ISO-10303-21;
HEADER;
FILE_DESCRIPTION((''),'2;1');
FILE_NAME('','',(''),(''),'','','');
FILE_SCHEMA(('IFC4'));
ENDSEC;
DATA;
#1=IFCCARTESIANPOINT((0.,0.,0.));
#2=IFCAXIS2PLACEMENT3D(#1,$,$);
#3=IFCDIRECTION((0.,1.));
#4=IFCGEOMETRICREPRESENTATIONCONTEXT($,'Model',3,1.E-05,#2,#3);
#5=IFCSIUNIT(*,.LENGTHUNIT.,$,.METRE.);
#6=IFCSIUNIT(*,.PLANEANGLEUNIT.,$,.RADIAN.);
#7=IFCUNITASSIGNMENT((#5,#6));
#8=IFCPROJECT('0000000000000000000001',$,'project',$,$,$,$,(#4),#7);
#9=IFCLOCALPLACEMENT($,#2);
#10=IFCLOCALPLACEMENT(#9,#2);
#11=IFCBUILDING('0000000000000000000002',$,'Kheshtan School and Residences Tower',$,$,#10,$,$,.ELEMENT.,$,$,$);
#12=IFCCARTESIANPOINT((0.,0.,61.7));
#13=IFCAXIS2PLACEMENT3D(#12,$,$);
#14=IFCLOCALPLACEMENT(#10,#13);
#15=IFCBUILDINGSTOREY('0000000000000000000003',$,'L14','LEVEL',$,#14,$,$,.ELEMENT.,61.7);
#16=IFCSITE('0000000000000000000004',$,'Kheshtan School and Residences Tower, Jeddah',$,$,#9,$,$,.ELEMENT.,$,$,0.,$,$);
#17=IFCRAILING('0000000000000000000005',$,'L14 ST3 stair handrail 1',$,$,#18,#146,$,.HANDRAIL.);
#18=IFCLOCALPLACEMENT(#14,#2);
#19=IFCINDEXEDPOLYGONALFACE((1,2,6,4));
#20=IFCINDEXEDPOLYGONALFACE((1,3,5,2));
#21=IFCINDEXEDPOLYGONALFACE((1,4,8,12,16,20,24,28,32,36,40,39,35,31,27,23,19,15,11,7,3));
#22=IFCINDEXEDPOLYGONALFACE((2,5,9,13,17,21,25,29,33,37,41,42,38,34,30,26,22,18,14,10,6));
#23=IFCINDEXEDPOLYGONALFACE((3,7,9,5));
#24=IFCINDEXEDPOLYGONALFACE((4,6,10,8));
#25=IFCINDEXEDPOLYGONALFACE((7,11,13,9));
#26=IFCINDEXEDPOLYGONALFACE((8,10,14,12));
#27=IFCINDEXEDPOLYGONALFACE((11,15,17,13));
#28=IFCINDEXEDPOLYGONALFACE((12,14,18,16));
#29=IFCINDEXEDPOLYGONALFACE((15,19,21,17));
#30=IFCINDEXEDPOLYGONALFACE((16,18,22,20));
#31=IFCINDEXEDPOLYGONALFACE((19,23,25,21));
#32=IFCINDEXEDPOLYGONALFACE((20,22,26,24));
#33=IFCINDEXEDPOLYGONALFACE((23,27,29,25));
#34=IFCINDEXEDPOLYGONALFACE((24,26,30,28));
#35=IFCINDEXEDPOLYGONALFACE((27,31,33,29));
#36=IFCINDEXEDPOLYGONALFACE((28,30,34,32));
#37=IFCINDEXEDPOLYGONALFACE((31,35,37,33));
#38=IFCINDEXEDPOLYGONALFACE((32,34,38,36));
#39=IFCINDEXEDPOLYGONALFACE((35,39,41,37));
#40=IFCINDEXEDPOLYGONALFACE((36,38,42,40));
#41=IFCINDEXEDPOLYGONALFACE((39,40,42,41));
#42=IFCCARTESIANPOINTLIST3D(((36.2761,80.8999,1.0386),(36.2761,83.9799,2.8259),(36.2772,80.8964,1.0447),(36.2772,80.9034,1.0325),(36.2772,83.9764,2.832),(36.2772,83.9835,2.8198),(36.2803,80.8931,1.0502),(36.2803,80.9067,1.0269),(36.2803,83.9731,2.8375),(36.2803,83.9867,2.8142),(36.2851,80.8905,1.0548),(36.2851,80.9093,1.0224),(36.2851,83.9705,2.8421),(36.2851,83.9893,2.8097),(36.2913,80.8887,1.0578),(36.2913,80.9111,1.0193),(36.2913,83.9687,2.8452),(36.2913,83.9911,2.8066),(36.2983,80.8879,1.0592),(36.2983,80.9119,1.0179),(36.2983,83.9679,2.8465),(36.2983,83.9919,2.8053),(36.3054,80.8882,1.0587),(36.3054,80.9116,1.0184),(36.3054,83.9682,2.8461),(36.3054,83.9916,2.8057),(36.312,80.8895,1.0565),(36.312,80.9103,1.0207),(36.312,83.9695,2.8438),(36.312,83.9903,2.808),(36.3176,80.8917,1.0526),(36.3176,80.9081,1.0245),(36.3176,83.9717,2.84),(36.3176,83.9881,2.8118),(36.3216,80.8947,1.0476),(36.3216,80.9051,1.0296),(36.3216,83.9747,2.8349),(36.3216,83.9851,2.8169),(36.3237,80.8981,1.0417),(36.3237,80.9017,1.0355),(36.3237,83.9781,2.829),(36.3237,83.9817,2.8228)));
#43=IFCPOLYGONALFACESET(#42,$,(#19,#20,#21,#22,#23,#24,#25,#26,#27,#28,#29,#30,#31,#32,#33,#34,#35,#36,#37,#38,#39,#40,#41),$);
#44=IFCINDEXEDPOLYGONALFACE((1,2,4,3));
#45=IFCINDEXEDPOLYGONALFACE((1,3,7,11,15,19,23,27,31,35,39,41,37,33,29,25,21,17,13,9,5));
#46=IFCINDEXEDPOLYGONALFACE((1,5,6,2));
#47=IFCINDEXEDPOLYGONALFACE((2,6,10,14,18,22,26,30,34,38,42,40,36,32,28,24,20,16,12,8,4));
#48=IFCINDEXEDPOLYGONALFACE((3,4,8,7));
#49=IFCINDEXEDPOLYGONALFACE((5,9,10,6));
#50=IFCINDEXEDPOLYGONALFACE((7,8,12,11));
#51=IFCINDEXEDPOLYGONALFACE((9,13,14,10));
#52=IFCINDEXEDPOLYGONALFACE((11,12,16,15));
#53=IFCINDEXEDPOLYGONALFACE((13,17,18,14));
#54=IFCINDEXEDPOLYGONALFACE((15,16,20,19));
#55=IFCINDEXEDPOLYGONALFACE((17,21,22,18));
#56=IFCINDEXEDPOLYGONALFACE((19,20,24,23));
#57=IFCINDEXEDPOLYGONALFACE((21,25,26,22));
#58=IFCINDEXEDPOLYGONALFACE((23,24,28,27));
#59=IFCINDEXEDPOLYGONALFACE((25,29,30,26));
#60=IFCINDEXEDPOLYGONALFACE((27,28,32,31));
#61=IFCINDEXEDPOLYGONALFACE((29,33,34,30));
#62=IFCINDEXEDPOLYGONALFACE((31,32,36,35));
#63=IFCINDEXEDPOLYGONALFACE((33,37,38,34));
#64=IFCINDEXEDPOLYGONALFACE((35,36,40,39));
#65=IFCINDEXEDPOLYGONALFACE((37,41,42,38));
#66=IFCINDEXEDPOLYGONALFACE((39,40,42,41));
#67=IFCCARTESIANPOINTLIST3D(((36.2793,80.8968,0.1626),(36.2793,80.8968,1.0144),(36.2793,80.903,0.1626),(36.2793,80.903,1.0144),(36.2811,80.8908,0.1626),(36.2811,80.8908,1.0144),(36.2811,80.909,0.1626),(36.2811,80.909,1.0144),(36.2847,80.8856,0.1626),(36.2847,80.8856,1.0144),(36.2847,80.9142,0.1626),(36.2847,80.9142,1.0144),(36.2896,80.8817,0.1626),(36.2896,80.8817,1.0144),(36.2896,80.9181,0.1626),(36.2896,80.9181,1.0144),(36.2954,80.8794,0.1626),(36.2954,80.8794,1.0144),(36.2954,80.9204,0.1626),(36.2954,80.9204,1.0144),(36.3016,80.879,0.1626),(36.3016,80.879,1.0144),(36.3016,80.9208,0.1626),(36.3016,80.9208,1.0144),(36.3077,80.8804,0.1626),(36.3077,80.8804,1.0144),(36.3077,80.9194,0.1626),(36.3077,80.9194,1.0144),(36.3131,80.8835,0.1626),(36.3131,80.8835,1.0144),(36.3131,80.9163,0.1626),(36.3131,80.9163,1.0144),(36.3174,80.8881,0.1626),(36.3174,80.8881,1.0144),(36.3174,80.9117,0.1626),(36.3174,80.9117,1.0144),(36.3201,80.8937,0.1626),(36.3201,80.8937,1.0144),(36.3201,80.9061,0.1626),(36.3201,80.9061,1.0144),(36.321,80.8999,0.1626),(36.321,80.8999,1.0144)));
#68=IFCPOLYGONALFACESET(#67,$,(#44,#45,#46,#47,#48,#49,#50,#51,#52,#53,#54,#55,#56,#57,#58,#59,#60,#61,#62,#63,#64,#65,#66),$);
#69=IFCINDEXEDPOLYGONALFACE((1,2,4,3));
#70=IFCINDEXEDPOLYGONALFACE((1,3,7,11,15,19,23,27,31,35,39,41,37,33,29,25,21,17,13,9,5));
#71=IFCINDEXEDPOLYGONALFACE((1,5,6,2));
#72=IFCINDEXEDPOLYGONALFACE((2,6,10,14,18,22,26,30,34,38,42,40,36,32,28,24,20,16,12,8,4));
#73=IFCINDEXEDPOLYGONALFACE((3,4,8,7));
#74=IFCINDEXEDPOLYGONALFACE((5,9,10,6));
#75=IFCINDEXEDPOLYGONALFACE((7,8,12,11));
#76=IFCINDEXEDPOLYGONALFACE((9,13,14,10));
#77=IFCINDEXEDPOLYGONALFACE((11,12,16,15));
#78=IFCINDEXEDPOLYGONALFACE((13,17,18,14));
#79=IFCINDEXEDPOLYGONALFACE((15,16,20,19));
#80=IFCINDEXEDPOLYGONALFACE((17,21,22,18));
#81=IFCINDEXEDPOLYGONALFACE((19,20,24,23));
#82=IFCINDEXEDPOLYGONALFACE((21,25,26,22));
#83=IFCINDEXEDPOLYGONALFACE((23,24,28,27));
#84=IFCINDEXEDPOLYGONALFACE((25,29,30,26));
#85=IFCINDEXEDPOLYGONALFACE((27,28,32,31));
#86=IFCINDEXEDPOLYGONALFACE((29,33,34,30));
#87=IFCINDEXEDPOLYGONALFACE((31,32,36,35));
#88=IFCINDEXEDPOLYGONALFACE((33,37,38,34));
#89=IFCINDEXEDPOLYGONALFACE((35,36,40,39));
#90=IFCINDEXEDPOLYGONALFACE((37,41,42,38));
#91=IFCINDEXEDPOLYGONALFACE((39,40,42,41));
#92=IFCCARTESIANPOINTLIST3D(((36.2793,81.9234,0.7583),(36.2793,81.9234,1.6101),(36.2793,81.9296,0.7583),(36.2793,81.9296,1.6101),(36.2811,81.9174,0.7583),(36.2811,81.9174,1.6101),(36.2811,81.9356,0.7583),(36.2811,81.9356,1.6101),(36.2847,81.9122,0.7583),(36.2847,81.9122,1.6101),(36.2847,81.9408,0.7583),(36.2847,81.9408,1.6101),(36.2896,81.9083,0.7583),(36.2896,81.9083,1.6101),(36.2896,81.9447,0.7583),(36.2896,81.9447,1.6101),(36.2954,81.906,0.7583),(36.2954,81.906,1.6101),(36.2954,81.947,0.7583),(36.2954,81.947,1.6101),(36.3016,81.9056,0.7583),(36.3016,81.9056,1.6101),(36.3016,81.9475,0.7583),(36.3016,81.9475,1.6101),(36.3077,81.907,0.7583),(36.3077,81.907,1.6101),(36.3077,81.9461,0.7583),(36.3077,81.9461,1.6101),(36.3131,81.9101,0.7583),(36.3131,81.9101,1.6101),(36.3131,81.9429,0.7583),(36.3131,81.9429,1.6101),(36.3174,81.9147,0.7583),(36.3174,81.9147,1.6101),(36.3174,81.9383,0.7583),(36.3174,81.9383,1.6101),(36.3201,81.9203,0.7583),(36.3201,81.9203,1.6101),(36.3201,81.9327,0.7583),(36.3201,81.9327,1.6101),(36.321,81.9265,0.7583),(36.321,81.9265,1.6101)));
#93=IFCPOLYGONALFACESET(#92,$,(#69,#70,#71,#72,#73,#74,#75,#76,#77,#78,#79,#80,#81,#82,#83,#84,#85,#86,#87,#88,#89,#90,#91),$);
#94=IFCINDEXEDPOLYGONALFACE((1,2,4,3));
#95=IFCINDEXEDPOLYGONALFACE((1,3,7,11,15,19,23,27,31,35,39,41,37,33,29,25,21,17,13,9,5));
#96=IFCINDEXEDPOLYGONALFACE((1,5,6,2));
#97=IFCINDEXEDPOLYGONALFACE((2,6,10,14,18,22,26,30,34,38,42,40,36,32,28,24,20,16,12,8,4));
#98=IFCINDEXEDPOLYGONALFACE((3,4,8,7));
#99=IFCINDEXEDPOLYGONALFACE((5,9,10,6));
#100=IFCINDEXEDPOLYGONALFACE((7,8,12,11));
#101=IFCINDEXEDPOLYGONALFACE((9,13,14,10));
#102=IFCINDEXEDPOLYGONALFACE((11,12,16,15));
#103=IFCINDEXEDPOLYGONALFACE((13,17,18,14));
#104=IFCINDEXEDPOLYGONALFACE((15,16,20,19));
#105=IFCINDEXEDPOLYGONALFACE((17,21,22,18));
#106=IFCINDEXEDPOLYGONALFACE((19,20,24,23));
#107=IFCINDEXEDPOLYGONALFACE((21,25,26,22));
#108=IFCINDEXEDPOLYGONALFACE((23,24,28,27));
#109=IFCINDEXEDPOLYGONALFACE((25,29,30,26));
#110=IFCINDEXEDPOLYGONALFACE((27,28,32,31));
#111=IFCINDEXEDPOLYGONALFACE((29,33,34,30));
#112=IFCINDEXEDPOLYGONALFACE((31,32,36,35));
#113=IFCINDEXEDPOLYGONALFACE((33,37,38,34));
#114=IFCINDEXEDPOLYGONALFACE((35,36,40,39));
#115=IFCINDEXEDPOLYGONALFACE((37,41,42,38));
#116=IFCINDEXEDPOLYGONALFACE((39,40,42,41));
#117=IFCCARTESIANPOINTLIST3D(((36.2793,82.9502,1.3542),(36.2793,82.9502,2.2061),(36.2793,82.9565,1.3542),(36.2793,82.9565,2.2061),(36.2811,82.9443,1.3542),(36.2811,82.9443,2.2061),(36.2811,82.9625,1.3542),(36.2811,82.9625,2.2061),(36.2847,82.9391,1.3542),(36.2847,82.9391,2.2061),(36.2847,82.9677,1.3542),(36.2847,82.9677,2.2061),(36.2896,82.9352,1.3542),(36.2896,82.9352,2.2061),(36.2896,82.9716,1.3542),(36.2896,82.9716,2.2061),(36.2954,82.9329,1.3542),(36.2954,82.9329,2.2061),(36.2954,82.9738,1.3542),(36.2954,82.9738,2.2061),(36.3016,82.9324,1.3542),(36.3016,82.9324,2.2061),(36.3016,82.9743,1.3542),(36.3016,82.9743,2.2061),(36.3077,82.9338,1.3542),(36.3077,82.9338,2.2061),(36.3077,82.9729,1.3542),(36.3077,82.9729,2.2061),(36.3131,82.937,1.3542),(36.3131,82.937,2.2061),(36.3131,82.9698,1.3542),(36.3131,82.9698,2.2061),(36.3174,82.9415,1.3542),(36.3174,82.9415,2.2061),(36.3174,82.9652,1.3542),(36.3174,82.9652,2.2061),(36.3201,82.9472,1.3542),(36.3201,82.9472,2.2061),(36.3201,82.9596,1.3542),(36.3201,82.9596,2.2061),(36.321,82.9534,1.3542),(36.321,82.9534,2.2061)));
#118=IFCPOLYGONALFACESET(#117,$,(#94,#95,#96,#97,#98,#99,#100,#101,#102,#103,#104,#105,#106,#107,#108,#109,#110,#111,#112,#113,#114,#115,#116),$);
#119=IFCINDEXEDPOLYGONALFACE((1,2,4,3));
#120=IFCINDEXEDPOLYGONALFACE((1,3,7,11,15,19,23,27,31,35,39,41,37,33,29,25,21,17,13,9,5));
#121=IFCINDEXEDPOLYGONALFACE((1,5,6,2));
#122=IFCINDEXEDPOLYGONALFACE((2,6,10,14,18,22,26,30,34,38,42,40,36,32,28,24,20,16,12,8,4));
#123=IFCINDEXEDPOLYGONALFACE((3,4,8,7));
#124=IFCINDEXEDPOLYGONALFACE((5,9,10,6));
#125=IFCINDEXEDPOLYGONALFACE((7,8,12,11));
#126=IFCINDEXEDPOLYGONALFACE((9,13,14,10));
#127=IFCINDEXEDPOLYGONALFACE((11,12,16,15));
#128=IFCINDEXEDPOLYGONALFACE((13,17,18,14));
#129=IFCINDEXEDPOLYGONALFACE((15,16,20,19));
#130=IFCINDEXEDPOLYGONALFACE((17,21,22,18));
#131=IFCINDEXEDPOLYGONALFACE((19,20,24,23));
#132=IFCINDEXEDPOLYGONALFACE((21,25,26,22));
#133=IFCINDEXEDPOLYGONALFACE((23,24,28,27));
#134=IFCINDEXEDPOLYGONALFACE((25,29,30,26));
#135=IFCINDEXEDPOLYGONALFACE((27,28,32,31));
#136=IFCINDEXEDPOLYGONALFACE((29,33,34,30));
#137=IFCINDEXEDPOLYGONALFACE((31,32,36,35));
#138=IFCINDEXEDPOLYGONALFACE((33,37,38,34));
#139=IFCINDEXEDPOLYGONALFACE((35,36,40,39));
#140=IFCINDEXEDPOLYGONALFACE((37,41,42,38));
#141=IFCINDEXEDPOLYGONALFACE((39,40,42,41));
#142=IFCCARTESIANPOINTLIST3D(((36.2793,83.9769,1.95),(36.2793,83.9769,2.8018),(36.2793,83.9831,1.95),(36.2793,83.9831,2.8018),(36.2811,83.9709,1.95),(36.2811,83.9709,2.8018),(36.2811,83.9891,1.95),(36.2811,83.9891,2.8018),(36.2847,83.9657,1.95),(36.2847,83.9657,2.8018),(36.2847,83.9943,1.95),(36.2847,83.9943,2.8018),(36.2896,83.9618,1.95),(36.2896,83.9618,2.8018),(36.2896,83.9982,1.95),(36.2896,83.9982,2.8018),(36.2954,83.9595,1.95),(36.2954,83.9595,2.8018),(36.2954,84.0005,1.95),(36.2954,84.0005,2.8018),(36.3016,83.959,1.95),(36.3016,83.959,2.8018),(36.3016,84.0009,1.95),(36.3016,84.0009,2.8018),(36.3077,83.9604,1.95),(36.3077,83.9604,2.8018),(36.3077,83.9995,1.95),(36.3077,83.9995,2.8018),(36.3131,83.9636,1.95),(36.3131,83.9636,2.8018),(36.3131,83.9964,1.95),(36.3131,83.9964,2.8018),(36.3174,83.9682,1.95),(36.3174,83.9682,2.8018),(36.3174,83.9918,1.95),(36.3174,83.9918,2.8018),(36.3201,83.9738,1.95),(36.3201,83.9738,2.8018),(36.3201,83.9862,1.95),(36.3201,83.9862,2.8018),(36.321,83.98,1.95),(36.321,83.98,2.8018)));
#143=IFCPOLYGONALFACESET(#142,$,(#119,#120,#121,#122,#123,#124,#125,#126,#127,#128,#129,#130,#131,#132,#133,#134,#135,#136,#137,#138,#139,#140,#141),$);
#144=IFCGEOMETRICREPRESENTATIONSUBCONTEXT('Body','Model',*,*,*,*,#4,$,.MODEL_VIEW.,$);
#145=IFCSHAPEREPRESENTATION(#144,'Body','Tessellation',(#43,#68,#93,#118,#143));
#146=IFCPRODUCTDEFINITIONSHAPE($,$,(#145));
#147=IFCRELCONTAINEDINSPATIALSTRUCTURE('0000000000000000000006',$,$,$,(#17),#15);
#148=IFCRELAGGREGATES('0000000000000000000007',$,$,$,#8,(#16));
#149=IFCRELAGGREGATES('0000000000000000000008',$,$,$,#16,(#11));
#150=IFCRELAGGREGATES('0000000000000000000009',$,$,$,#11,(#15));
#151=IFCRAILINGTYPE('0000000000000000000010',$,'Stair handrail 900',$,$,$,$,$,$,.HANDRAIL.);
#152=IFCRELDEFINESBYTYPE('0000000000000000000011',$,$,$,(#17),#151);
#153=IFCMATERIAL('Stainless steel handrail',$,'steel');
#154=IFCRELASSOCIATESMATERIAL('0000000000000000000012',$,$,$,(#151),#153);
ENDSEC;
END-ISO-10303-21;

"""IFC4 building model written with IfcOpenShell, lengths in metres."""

from ifc_helpers import new_model, si_unit, direction, frame, origin, origin_2d, place, context, subcontext, project, spatial, circle, extrude, material, type_object, element, save


model = new_model("IFC4")

# Units and contexts
model_context = context("Model", 3, precision=1e-05, world=origin(), true_north=direction((0.0, 1.0)))
body_context = subcontext(model_context, "Body", "Model", "MODEL_VIEW")
ifc_project = project(units=[si_unit("LENGTHUNIT", "METRE"), si_unit("PLANEANGLEUNIT", "RADIAN")], contexts=[model_context])

# Site, building, storey
site_placement = place(None, origin())
site = spatial("IfcSite", under=ifc_project, at=site_placement, Name="Kheshtan School and Residences Tower, Jeddah", CompositionType="ELEMENT", RefElevation=0.0)
building_placement = place(site_placement, origin())
building = spatial("IfcBuilding", under=site, at=building_placement, Name="Kheshtan School and Residences Tower", CompositionType="ELEMENT")
storey_placement = place(building_placement, frame((0.0, 0.0, 61.7)))
storey = spatial("IfcBuildingStorey", under=building, at=storey_placement, Name="L14", Description="LEVEL", CompositionType="ELEMENT", Elevation=61.7)

# Railing
ifc_material_1 = material(Name="Stainless steel handrail", Category="steel")
railing_type_1 = type_object("IfcRailingType", Name="Stair handrail 900", PredefinedType="HANDRAIL", material=ifc_material_1)
railing_1_placement = place(storey_placement, frame((36.3, 80.8999, 0.1626)))
element("IfcRailing", 1, at=railing_1_placement, inside=storey, type_object=railing_type_1, Name="L14 ST3 stair handrail 1", PredefinedType="HANDRAIL", context=body_context, shape_type="SweptSolid", body=[
    extrude(circle(Radius=0.0239, at=origin_2d()), frame((0.0, 0.0, 0.876), z_axis=(0.0, 0.86492, 0.501909), x_axis=(-1.0, 0.0, 0.0)), (0.0, 0.0, 1.0), 3.561),
    extrude(circle(Radius=0.021, at=origin_2d()), origin(), (0.0, 0.0, 1.0), 0.8518),
    extrude(circle(Radius=0.021, at=origin_2d()), frame((0.0, 1.0266, 0.5957)), (0.0, 0.0, 1.0), 0.8518),
    extrude(circle(Radius=0.021, at=origin_2d()), frame((0.0, 2.0535, 1.1917)), (0.0, 0.0, 1.0), 0.8518),
    extrude(circle(Radius=0.021, at=origin_2d()), frame((0.0, 3.0801, 1.7874)), (0.0, 0.0, 1.0), 0.8518),
])

save(model, "model.ifc")
